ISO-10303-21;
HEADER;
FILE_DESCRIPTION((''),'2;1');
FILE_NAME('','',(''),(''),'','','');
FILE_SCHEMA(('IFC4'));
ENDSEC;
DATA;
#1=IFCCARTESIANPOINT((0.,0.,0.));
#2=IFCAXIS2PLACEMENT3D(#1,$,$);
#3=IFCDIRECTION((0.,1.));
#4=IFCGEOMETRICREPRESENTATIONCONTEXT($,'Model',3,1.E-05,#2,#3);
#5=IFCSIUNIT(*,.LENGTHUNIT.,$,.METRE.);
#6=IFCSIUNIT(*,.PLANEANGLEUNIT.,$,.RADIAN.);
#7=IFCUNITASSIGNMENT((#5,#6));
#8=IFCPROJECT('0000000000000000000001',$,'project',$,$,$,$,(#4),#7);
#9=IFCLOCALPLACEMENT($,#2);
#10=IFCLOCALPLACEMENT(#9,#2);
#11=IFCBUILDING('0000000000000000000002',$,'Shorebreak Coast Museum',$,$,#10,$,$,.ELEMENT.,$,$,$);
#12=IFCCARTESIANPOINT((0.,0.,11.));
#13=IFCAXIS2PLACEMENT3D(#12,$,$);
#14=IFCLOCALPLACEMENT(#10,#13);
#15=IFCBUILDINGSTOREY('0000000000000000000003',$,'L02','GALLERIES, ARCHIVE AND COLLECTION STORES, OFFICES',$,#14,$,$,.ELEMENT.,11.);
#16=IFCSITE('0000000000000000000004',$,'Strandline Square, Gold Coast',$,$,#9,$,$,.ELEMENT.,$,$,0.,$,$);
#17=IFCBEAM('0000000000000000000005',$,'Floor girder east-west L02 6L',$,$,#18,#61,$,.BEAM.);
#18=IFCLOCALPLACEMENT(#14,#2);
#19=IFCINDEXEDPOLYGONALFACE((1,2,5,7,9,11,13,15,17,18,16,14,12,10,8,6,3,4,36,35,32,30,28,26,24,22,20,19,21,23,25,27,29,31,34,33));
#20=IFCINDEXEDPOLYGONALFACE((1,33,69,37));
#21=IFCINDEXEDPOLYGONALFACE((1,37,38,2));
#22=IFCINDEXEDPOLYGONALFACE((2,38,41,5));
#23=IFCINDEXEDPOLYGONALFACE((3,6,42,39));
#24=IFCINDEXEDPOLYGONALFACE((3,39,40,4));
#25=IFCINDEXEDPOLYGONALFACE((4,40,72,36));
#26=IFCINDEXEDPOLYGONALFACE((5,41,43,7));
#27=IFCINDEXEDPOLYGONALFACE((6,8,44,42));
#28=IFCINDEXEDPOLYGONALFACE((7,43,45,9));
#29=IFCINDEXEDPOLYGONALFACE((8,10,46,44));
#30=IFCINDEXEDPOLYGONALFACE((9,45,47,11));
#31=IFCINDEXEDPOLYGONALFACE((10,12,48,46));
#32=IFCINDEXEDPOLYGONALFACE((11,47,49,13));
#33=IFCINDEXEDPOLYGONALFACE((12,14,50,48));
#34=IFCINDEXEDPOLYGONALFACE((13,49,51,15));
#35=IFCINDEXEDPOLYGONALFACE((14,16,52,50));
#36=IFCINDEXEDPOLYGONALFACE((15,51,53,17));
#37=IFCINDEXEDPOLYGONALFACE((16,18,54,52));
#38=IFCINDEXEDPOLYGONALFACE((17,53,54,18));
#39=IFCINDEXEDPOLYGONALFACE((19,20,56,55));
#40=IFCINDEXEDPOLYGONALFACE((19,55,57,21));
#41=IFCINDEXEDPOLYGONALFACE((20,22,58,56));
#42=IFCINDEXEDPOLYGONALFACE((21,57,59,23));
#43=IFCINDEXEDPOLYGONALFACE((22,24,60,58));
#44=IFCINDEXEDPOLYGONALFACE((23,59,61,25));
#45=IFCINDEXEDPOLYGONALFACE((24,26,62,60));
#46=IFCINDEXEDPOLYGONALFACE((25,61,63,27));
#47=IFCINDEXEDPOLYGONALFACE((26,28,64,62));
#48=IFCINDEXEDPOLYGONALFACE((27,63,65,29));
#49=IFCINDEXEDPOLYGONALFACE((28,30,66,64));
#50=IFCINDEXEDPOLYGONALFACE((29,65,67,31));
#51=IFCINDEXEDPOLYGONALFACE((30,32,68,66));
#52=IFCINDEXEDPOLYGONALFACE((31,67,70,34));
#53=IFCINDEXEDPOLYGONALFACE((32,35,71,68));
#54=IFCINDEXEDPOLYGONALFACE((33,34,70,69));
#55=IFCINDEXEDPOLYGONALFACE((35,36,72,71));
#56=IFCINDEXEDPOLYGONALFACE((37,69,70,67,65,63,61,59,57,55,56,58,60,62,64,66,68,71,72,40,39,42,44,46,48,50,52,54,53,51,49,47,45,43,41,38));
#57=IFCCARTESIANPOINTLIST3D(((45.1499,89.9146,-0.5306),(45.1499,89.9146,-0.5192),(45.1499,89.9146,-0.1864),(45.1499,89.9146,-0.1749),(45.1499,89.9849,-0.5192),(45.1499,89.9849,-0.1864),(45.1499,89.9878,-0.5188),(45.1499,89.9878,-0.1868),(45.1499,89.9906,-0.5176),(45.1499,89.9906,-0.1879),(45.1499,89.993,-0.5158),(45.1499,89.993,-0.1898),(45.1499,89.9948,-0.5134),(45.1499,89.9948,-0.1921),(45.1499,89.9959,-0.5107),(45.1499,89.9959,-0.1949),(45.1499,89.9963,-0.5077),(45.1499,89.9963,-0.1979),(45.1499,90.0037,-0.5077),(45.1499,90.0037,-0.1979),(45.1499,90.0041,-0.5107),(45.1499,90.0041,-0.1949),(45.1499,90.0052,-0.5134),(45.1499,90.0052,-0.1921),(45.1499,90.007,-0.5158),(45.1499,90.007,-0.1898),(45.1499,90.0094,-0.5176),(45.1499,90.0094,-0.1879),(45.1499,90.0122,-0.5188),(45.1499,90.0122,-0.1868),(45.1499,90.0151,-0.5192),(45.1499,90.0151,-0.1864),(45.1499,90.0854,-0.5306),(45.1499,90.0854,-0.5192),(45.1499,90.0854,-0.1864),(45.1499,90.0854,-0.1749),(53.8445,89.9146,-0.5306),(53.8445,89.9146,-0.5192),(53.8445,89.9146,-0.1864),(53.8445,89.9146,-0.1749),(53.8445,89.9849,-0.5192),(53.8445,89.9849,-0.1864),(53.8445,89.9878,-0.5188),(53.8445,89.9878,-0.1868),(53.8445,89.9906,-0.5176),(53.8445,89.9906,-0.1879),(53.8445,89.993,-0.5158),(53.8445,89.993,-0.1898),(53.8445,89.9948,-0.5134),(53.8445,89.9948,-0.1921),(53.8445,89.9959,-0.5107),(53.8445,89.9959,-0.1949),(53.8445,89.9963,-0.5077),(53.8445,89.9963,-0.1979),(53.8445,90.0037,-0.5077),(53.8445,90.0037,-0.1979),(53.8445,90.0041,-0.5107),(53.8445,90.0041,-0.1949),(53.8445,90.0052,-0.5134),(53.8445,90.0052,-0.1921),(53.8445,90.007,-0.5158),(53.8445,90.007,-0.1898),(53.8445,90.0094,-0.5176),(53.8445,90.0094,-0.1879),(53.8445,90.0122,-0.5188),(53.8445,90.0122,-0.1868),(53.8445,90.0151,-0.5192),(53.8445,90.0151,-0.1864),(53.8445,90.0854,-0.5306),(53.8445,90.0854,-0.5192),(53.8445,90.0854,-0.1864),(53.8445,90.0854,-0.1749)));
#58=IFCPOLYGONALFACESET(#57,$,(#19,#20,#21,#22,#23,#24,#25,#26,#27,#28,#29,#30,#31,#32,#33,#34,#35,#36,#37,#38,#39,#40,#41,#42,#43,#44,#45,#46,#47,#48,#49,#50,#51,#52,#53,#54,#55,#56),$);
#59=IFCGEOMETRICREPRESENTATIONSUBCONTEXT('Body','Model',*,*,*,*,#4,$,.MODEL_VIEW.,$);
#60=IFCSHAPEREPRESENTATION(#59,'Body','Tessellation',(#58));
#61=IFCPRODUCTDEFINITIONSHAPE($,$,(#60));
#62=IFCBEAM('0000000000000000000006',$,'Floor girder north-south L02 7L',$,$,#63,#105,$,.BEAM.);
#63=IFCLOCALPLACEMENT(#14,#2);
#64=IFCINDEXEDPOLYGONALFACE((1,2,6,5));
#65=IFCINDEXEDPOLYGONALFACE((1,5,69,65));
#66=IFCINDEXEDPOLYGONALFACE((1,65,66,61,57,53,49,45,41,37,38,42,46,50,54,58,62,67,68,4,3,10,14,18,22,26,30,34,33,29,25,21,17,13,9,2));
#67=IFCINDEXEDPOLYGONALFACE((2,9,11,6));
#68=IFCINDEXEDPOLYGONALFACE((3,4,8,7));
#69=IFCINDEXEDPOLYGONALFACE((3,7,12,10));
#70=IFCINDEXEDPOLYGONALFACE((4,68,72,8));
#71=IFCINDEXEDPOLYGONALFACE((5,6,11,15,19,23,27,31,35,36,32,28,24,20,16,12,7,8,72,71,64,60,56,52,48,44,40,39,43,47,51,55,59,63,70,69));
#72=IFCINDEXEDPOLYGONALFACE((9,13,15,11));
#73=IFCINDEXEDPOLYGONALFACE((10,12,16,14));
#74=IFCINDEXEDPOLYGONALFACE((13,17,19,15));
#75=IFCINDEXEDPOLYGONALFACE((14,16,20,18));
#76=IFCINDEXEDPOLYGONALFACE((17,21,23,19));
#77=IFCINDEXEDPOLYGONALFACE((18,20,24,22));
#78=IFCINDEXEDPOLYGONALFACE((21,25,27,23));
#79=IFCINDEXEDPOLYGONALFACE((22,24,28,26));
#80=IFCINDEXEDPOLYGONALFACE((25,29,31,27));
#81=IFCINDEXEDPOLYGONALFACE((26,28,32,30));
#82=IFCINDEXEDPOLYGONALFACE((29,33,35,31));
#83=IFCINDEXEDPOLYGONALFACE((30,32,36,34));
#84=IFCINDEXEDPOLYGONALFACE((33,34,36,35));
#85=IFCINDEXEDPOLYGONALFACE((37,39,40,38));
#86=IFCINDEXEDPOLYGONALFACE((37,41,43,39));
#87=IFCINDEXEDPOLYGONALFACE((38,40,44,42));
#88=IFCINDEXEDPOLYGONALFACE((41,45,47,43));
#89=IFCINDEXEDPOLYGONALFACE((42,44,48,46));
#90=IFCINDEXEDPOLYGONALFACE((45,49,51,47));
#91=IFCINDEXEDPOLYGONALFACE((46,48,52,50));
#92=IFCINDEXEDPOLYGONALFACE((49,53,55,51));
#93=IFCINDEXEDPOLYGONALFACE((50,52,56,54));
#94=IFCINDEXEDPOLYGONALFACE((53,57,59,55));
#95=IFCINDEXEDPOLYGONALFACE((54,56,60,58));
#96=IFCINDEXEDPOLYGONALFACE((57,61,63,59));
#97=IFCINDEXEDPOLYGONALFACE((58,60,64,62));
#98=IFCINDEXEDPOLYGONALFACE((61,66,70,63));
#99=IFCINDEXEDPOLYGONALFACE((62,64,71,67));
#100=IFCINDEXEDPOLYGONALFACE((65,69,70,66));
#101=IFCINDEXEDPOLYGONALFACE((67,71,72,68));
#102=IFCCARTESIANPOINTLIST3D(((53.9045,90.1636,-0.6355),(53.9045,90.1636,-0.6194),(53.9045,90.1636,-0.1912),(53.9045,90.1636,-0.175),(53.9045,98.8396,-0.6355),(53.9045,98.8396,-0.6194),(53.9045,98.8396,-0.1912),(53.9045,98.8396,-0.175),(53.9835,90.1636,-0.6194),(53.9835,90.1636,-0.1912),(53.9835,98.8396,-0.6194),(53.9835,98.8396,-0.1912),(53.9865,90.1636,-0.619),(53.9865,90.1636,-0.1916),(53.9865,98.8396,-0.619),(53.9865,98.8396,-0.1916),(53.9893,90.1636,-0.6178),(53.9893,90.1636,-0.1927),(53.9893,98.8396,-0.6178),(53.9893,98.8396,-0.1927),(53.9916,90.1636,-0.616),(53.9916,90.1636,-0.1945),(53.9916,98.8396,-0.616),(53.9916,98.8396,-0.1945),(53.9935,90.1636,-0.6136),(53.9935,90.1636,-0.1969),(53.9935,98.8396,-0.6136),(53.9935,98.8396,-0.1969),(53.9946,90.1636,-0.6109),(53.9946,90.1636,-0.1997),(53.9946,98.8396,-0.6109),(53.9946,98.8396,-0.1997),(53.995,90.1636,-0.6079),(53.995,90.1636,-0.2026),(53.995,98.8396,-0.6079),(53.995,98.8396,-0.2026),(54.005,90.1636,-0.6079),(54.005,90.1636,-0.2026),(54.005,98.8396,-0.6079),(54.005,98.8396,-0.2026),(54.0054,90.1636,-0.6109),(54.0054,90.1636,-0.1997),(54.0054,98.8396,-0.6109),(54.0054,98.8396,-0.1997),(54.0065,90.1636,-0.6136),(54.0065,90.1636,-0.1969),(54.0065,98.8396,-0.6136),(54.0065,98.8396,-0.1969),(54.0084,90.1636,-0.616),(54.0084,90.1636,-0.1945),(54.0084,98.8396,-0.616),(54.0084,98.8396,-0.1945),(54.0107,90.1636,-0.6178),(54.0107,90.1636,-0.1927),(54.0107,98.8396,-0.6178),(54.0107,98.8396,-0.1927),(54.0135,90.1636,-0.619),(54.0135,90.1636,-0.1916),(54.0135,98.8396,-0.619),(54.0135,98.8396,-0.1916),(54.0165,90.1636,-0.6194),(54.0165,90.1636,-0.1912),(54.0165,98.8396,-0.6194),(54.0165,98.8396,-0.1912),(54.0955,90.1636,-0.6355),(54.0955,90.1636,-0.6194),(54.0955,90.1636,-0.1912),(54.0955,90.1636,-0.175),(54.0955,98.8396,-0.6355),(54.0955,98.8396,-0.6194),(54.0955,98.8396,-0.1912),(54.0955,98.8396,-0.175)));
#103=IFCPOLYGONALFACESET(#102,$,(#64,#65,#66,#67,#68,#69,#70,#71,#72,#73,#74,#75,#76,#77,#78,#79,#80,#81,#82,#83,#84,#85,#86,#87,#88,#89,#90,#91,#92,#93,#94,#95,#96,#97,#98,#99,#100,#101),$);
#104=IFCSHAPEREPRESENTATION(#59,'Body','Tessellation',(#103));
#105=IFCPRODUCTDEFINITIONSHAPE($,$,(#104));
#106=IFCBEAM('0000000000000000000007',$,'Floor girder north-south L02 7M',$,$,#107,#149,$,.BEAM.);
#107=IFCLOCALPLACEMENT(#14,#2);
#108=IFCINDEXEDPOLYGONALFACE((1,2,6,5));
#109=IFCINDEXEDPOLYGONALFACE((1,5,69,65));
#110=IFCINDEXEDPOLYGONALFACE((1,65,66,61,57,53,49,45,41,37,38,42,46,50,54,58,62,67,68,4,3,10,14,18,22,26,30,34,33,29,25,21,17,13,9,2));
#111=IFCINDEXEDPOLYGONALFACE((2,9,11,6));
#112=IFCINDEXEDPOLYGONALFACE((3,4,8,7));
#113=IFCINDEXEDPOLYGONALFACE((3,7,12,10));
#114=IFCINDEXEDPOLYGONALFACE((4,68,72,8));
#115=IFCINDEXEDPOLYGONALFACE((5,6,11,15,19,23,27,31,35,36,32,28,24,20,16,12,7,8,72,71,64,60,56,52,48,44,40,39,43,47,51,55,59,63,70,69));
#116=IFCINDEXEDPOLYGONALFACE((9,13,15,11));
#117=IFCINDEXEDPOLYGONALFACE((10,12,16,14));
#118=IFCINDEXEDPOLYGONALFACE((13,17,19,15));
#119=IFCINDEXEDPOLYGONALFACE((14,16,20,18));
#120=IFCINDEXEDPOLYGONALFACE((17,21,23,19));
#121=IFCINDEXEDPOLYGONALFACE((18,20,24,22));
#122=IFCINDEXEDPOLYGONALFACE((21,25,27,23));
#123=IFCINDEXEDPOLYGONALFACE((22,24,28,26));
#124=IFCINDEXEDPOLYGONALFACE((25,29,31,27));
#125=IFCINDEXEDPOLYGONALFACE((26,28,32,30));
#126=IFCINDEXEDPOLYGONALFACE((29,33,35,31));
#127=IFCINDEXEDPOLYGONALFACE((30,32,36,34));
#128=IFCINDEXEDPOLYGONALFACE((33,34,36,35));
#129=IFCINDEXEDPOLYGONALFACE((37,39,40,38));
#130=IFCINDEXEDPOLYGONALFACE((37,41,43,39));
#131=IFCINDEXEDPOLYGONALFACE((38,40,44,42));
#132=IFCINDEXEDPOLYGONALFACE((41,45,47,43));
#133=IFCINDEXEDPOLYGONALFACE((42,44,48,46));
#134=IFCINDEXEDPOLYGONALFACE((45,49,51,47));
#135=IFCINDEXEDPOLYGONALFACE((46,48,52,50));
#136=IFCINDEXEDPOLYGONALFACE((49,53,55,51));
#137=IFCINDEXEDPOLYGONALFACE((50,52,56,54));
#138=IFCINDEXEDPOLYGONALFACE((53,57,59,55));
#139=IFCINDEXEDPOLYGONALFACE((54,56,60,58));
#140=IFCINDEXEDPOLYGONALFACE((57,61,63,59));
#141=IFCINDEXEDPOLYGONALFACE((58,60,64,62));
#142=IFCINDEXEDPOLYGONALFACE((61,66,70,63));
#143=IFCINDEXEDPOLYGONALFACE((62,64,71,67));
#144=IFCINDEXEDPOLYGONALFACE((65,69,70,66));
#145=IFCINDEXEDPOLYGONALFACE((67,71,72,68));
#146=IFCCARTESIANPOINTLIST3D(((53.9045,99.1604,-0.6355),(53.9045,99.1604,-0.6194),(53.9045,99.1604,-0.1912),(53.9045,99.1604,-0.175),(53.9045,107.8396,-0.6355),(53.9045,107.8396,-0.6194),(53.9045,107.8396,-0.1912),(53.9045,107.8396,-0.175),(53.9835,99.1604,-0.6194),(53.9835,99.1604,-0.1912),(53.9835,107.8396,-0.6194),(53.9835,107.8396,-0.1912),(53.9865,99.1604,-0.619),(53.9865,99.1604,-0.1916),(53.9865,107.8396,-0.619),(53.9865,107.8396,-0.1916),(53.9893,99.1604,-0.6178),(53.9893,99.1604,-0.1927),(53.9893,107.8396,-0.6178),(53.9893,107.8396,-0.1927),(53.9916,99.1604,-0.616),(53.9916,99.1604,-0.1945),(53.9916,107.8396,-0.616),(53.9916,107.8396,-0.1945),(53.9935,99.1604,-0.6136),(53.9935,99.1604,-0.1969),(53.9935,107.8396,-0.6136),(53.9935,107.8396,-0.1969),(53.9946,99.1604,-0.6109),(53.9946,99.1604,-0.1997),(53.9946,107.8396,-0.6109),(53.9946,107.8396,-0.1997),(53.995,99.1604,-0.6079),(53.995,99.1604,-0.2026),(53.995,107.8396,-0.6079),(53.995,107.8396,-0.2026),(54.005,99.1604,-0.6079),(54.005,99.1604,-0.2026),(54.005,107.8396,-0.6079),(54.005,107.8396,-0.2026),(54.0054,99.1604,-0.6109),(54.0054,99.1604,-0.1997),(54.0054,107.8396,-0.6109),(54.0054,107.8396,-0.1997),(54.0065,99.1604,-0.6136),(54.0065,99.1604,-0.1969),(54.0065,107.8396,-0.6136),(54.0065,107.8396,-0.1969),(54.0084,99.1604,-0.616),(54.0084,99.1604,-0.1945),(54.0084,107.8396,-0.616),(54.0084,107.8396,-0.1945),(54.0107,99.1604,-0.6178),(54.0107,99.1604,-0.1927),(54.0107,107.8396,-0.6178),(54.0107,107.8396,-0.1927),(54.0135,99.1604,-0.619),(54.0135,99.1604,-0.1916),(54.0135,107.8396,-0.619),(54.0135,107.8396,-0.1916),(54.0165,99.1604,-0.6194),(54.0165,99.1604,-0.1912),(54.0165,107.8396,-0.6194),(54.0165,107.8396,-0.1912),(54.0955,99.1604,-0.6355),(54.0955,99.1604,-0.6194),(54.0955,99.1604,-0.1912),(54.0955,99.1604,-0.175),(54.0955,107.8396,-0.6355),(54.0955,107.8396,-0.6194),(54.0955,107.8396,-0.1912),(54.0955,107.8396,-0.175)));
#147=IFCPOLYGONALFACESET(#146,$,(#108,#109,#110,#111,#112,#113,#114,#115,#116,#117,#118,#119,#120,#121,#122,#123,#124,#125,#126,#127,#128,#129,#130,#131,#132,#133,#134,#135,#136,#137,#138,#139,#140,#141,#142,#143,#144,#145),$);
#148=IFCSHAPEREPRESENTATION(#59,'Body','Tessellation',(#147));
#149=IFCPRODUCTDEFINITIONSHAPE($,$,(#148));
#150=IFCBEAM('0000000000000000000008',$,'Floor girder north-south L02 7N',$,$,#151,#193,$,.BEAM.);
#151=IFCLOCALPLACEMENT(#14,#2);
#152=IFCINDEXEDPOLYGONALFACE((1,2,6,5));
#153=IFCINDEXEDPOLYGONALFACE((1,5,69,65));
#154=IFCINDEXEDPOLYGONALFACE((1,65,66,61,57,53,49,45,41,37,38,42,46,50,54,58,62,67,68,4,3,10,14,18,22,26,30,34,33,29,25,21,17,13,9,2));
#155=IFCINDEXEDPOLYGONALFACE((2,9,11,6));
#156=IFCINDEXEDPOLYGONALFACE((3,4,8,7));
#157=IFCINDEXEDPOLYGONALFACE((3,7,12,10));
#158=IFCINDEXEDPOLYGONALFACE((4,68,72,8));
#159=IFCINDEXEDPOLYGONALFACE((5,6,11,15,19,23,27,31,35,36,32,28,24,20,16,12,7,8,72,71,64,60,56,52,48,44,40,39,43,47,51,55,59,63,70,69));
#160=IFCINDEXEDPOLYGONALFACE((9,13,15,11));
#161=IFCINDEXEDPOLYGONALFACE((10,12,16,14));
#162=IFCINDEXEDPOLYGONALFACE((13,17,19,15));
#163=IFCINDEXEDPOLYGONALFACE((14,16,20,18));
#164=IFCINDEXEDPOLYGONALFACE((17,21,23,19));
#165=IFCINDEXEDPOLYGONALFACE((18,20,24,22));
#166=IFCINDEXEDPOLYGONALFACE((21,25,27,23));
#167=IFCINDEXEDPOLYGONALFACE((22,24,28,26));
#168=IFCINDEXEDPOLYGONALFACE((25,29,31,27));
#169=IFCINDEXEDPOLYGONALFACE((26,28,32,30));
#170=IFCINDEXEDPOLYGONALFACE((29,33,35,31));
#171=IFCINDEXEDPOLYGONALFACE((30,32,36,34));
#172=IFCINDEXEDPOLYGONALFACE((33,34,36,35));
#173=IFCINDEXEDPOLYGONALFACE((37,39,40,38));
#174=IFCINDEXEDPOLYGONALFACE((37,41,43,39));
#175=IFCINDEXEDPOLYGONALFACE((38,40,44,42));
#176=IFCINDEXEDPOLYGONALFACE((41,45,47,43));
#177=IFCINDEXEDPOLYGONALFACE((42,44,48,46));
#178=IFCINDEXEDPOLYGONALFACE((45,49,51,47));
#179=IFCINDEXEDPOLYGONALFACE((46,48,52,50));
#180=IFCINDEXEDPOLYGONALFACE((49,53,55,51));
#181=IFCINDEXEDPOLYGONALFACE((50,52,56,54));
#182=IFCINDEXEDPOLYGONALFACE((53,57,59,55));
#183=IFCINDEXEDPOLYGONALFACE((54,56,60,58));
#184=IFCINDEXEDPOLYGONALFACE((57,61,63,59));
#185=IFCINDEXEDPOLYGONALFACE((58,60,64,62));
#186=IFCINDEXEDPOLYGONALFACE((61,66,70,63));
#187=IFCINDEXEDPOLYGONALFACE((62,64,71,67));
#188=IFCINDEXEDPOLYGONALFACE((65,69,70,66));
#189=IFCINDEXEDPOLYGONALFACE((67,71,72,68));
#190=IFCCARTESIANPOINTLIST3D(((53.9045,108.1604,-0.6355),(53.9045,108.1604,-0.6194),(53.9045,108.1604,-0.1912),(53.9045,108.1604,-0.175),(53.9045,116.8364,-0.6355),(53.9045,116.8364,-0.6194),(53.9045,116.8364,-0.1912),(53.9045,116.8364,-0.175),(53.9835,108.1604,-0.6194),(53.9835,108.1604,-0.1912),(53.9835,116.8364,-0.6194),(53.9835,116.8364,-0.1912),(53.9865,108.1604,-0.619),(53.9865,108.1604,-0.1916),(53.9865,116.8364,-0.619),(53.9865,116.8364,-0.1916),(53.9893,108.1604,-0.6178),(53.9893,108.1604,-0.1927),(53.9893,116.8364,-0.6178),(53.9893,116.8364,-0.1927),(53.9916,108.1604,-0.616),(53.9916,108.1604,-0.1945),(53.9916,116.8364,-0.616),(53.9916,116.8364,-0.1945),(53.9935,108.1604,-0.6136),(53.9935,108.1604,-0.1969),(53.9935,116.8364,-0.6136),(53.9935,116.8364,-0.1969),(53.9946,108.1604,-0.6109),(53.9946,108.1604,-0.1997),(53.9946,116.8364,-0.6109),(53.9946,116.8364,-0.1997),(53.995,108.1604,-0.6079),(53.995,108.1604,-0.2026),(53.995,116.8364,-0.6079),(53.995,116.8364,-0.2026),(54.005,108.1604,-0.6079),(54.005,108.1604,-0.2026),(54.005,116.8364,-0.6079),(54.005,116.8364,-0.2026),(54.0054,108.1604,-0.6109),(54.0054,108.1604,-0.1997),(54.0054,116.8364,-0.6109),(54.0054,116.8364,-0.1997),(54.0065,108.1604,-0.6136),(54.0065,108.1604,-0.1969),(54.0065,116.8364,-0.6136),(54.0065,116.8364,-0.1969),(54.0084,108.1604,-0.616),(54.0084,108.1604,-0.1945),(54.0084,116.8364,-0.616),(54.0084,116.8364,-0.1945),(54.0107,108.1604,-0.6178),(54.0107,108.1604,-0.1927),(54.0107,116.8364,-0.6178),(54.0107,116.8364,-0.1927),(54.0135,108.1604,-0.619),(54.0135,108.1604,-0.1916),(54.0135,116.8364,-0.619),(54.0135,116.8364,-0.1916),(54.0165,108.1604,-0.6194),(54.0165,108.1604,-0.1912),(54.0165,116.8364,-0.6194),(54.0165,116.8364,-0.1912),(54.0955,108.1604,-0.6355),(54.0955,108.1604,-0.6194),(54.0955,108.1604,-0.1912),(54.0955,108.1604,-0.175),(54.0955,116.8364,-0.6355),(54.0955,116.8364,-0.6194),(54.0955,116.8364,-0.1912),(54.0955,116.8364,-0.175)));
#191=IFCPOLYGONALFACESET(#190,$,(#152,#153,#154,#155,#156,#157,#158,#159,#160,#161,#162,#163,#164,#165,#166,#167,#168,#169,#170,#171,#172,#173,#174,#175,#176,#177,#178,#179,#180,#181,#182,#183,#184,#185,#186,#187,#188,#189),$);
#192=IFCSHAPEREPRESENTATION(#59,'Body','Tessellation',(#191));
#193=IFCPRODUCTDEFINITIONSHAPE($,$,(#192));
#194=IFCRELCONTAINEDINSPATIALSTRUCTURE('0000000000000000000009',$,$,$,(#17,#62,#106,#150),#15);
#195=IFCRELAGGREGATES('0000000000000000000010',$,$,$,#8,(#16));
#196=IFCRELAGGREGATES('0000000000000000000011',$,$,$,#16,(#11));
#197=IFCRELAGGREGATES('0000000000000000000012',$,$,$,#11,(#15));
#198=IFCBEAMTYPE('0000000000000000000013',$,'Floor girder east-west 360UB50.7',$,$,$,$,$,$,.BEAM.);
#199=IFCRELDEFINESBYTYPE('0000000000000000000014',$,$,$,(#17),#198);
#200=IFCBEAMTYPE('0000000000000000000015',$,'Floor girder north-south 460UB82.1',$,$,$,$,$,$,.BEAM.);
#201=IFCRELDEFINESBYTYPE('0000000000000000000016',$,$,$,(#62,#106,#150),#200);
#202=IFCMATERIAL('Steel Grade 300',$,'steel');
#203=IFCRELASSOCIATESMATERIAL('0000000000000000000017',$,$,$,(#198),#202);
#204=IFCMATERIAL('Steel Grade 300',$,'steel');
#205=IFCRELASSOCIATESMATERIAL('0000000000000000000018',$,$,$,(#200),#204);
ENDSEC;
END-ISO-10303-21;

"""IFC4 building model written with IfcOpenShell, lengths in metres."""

from ifc_helpers import new_model, si_unit, direction, frame, origin, origin_2d, place, context, subcontext, project, spatial, i_section, extrude, material, material_profile, profile_set, type_object, element, save


model = new_model("IFC4")

# Units and contexts
model_context = context("Model", 3, precision=1e-05, world=origin(), true_north=direction((0.0, 1.0)))
body_context = subcontext(model_context, "Body", "Model", "MODEL_VIEW")
ifc_project = project(units=[si_unit("LENGTHUNIT", "METRE"), si_unit("PLANEANGLEUNIT", "RADIAN")], contexts=[model_context])

# Site, building, storey
site_placement = place(None, origin())
site = spatial("IfcSite", under=ifc_project, at=site_placement, Name="Strandline Square, Gold Coast", CompositionType="ELEMENT", RefElevation=0.0)
building_placement = place(site_placement, origin())
building = spatial("IfcBuilding", under=site, at=building_placement, Name="Shorebreak Coast Museum", CompositionType="ELEMENT")
storey_placement = place(building_placement, frame((0.0, 0.0, 11.0)))
storey = spatial("IfcBuildingStorey", under=building, at=storey_placement, Name="L02", Description="GALLERIES, ARCHIVE AND COLLECTION STORES, OFFICES", CompositionType="ELEMENT", Elevation=11.0)

# Beams
ifc_material_1 = material(Name="Steel Grade 300", Category="steel")
ifc_material_profile_1 = material_profile(ifc_material_1, i_section(OverallWidth=0.1709, OverallDepth=0.3557, WebThickness=0.0073, FlangeThickness=0.0115, FilletRadius=0.0115, at=origin_2d()), Name="360UB50.7")
ifc_profile_set_1 = profile_set([ifc_material_profile_1], Name="Steel Grade 300")
beam_type_1 = type_object("IfcBeamType", Name="Floor girder east-west 360UB50.7", PredefinedType="BEAM", material=ifc_profile_set_1)
beam_1_placement = place(storey_placement, frame((45.1499, 90.0, -0.3528), z_axis=(1.0, 0.0, 0.0), x_axis=(0.0, 1.0, 0.0)))
element("IfcBeam", 1, at=beam_1_placement, inside=storey, type_object=beam_type_1, Name="Floor girder east-west L02 6L", PredefinedType="BEAM", context=body_context, shape_type="SweptSolid", body=[
    extrude(i_section(OverallWidth=0.1709, OverallDepth=0.3557, WebThickness=0.0073, FlangeThickness=0.0115, FilletRadius=0.0115, at=origin_2d()), origin(), (0.0, 0.0, 1.0), 8.6946),
])
ifc_material_2 = material(Name="Steel Grade 300", Category="steel")
ifc_material_profile_2 = material_profile(ifc_material_2, i_section(OverallWidth=0.1909, OverallDepth=0.4604, WebThickness=0.01, FlangeThickness=0.0161, FilletRadius=0.0115, at=origin_2d()), Name="460UB82.1")
ifc_profile_set_2 = profile_set([ifc_material_profile_2], Name="Steel Grade 300")
beam_type_2 = type_object("IfcBeamType", Name="Floor girder north-south 460UB82.1", PredefinedType="BEAM", material=ifc_profile_set_2)
beam_2_placement = place(storey_placement, frame((54.0, 90.1636, -0.4053), z_axis=(0.0, 1.0, 0.0), x_axis=(-1.0, 0.0, 0.0)))
element("IfcBeam", 2, at=beam_2_placement, inside=storey, type_object=beam_type_2, Name="Floor girder north-south L02 7L", PredefinedType="BEAM", context=body_context, shape_type="SweptSolid", body=[
    extrude(i_section(OverallWidth=0.1909, OverallDepth=0.4604, WebThickness=0.01, FlangeThickness=0.0161, FilletRadius=0.0115, at=origin_2d()), origin(), (0.0, 0.0, 1.0), 8.676),
])
beam_3_placement = place(storey_placement, frame((54.0, 99.1604, -0.4053), z_axis=(0.0, 1.0, 0.0), x_axis=(-1.0, 0.0, 0.0)))
element("IfcBeam", 3, at=beam_3_placement, inside=storey, type_object=beam_type_2, Name="Floor girder north-south L02 7M", PredefinedType="BEAM", context=body_context, shape_type="SweptSolid", body=[
    extrude(i_section(OverallWidth=0.1909, OverallDepth=0.4604, WebThickness=0.01, FlangeThickness=0.0161, FilletRadius=0.0115, at=origin_2d()), origin(), (0.0, 0.0, 1.0), 8.6792),
])
beam_4_placement = place(storey_placement, frame((54.0, 108.1604, -0.4053), z_axis=(0.0, 1.0, 0.0), x_axis=(-1.0, 0.0, 0.0)))
element("IfcBeam", 4, at=beam_4_placement, inside=storey, type_object=beam_type_2, Name="Floor girder north-south L02 7N", PredefinedType="BEAM", context=body_context, shape_type="SweptSolid", body=[
    extrude(i_section(OverallWidth=0.1909, OverallDepth=0.4604, WebThickness=0.01, FlangeThickness=0.0161, FilletRadius=0.0115, at=origin_2d()), origin(), (0.0, 0.0, 1.0), 8.676),
])

save(model, "model.ifc")
